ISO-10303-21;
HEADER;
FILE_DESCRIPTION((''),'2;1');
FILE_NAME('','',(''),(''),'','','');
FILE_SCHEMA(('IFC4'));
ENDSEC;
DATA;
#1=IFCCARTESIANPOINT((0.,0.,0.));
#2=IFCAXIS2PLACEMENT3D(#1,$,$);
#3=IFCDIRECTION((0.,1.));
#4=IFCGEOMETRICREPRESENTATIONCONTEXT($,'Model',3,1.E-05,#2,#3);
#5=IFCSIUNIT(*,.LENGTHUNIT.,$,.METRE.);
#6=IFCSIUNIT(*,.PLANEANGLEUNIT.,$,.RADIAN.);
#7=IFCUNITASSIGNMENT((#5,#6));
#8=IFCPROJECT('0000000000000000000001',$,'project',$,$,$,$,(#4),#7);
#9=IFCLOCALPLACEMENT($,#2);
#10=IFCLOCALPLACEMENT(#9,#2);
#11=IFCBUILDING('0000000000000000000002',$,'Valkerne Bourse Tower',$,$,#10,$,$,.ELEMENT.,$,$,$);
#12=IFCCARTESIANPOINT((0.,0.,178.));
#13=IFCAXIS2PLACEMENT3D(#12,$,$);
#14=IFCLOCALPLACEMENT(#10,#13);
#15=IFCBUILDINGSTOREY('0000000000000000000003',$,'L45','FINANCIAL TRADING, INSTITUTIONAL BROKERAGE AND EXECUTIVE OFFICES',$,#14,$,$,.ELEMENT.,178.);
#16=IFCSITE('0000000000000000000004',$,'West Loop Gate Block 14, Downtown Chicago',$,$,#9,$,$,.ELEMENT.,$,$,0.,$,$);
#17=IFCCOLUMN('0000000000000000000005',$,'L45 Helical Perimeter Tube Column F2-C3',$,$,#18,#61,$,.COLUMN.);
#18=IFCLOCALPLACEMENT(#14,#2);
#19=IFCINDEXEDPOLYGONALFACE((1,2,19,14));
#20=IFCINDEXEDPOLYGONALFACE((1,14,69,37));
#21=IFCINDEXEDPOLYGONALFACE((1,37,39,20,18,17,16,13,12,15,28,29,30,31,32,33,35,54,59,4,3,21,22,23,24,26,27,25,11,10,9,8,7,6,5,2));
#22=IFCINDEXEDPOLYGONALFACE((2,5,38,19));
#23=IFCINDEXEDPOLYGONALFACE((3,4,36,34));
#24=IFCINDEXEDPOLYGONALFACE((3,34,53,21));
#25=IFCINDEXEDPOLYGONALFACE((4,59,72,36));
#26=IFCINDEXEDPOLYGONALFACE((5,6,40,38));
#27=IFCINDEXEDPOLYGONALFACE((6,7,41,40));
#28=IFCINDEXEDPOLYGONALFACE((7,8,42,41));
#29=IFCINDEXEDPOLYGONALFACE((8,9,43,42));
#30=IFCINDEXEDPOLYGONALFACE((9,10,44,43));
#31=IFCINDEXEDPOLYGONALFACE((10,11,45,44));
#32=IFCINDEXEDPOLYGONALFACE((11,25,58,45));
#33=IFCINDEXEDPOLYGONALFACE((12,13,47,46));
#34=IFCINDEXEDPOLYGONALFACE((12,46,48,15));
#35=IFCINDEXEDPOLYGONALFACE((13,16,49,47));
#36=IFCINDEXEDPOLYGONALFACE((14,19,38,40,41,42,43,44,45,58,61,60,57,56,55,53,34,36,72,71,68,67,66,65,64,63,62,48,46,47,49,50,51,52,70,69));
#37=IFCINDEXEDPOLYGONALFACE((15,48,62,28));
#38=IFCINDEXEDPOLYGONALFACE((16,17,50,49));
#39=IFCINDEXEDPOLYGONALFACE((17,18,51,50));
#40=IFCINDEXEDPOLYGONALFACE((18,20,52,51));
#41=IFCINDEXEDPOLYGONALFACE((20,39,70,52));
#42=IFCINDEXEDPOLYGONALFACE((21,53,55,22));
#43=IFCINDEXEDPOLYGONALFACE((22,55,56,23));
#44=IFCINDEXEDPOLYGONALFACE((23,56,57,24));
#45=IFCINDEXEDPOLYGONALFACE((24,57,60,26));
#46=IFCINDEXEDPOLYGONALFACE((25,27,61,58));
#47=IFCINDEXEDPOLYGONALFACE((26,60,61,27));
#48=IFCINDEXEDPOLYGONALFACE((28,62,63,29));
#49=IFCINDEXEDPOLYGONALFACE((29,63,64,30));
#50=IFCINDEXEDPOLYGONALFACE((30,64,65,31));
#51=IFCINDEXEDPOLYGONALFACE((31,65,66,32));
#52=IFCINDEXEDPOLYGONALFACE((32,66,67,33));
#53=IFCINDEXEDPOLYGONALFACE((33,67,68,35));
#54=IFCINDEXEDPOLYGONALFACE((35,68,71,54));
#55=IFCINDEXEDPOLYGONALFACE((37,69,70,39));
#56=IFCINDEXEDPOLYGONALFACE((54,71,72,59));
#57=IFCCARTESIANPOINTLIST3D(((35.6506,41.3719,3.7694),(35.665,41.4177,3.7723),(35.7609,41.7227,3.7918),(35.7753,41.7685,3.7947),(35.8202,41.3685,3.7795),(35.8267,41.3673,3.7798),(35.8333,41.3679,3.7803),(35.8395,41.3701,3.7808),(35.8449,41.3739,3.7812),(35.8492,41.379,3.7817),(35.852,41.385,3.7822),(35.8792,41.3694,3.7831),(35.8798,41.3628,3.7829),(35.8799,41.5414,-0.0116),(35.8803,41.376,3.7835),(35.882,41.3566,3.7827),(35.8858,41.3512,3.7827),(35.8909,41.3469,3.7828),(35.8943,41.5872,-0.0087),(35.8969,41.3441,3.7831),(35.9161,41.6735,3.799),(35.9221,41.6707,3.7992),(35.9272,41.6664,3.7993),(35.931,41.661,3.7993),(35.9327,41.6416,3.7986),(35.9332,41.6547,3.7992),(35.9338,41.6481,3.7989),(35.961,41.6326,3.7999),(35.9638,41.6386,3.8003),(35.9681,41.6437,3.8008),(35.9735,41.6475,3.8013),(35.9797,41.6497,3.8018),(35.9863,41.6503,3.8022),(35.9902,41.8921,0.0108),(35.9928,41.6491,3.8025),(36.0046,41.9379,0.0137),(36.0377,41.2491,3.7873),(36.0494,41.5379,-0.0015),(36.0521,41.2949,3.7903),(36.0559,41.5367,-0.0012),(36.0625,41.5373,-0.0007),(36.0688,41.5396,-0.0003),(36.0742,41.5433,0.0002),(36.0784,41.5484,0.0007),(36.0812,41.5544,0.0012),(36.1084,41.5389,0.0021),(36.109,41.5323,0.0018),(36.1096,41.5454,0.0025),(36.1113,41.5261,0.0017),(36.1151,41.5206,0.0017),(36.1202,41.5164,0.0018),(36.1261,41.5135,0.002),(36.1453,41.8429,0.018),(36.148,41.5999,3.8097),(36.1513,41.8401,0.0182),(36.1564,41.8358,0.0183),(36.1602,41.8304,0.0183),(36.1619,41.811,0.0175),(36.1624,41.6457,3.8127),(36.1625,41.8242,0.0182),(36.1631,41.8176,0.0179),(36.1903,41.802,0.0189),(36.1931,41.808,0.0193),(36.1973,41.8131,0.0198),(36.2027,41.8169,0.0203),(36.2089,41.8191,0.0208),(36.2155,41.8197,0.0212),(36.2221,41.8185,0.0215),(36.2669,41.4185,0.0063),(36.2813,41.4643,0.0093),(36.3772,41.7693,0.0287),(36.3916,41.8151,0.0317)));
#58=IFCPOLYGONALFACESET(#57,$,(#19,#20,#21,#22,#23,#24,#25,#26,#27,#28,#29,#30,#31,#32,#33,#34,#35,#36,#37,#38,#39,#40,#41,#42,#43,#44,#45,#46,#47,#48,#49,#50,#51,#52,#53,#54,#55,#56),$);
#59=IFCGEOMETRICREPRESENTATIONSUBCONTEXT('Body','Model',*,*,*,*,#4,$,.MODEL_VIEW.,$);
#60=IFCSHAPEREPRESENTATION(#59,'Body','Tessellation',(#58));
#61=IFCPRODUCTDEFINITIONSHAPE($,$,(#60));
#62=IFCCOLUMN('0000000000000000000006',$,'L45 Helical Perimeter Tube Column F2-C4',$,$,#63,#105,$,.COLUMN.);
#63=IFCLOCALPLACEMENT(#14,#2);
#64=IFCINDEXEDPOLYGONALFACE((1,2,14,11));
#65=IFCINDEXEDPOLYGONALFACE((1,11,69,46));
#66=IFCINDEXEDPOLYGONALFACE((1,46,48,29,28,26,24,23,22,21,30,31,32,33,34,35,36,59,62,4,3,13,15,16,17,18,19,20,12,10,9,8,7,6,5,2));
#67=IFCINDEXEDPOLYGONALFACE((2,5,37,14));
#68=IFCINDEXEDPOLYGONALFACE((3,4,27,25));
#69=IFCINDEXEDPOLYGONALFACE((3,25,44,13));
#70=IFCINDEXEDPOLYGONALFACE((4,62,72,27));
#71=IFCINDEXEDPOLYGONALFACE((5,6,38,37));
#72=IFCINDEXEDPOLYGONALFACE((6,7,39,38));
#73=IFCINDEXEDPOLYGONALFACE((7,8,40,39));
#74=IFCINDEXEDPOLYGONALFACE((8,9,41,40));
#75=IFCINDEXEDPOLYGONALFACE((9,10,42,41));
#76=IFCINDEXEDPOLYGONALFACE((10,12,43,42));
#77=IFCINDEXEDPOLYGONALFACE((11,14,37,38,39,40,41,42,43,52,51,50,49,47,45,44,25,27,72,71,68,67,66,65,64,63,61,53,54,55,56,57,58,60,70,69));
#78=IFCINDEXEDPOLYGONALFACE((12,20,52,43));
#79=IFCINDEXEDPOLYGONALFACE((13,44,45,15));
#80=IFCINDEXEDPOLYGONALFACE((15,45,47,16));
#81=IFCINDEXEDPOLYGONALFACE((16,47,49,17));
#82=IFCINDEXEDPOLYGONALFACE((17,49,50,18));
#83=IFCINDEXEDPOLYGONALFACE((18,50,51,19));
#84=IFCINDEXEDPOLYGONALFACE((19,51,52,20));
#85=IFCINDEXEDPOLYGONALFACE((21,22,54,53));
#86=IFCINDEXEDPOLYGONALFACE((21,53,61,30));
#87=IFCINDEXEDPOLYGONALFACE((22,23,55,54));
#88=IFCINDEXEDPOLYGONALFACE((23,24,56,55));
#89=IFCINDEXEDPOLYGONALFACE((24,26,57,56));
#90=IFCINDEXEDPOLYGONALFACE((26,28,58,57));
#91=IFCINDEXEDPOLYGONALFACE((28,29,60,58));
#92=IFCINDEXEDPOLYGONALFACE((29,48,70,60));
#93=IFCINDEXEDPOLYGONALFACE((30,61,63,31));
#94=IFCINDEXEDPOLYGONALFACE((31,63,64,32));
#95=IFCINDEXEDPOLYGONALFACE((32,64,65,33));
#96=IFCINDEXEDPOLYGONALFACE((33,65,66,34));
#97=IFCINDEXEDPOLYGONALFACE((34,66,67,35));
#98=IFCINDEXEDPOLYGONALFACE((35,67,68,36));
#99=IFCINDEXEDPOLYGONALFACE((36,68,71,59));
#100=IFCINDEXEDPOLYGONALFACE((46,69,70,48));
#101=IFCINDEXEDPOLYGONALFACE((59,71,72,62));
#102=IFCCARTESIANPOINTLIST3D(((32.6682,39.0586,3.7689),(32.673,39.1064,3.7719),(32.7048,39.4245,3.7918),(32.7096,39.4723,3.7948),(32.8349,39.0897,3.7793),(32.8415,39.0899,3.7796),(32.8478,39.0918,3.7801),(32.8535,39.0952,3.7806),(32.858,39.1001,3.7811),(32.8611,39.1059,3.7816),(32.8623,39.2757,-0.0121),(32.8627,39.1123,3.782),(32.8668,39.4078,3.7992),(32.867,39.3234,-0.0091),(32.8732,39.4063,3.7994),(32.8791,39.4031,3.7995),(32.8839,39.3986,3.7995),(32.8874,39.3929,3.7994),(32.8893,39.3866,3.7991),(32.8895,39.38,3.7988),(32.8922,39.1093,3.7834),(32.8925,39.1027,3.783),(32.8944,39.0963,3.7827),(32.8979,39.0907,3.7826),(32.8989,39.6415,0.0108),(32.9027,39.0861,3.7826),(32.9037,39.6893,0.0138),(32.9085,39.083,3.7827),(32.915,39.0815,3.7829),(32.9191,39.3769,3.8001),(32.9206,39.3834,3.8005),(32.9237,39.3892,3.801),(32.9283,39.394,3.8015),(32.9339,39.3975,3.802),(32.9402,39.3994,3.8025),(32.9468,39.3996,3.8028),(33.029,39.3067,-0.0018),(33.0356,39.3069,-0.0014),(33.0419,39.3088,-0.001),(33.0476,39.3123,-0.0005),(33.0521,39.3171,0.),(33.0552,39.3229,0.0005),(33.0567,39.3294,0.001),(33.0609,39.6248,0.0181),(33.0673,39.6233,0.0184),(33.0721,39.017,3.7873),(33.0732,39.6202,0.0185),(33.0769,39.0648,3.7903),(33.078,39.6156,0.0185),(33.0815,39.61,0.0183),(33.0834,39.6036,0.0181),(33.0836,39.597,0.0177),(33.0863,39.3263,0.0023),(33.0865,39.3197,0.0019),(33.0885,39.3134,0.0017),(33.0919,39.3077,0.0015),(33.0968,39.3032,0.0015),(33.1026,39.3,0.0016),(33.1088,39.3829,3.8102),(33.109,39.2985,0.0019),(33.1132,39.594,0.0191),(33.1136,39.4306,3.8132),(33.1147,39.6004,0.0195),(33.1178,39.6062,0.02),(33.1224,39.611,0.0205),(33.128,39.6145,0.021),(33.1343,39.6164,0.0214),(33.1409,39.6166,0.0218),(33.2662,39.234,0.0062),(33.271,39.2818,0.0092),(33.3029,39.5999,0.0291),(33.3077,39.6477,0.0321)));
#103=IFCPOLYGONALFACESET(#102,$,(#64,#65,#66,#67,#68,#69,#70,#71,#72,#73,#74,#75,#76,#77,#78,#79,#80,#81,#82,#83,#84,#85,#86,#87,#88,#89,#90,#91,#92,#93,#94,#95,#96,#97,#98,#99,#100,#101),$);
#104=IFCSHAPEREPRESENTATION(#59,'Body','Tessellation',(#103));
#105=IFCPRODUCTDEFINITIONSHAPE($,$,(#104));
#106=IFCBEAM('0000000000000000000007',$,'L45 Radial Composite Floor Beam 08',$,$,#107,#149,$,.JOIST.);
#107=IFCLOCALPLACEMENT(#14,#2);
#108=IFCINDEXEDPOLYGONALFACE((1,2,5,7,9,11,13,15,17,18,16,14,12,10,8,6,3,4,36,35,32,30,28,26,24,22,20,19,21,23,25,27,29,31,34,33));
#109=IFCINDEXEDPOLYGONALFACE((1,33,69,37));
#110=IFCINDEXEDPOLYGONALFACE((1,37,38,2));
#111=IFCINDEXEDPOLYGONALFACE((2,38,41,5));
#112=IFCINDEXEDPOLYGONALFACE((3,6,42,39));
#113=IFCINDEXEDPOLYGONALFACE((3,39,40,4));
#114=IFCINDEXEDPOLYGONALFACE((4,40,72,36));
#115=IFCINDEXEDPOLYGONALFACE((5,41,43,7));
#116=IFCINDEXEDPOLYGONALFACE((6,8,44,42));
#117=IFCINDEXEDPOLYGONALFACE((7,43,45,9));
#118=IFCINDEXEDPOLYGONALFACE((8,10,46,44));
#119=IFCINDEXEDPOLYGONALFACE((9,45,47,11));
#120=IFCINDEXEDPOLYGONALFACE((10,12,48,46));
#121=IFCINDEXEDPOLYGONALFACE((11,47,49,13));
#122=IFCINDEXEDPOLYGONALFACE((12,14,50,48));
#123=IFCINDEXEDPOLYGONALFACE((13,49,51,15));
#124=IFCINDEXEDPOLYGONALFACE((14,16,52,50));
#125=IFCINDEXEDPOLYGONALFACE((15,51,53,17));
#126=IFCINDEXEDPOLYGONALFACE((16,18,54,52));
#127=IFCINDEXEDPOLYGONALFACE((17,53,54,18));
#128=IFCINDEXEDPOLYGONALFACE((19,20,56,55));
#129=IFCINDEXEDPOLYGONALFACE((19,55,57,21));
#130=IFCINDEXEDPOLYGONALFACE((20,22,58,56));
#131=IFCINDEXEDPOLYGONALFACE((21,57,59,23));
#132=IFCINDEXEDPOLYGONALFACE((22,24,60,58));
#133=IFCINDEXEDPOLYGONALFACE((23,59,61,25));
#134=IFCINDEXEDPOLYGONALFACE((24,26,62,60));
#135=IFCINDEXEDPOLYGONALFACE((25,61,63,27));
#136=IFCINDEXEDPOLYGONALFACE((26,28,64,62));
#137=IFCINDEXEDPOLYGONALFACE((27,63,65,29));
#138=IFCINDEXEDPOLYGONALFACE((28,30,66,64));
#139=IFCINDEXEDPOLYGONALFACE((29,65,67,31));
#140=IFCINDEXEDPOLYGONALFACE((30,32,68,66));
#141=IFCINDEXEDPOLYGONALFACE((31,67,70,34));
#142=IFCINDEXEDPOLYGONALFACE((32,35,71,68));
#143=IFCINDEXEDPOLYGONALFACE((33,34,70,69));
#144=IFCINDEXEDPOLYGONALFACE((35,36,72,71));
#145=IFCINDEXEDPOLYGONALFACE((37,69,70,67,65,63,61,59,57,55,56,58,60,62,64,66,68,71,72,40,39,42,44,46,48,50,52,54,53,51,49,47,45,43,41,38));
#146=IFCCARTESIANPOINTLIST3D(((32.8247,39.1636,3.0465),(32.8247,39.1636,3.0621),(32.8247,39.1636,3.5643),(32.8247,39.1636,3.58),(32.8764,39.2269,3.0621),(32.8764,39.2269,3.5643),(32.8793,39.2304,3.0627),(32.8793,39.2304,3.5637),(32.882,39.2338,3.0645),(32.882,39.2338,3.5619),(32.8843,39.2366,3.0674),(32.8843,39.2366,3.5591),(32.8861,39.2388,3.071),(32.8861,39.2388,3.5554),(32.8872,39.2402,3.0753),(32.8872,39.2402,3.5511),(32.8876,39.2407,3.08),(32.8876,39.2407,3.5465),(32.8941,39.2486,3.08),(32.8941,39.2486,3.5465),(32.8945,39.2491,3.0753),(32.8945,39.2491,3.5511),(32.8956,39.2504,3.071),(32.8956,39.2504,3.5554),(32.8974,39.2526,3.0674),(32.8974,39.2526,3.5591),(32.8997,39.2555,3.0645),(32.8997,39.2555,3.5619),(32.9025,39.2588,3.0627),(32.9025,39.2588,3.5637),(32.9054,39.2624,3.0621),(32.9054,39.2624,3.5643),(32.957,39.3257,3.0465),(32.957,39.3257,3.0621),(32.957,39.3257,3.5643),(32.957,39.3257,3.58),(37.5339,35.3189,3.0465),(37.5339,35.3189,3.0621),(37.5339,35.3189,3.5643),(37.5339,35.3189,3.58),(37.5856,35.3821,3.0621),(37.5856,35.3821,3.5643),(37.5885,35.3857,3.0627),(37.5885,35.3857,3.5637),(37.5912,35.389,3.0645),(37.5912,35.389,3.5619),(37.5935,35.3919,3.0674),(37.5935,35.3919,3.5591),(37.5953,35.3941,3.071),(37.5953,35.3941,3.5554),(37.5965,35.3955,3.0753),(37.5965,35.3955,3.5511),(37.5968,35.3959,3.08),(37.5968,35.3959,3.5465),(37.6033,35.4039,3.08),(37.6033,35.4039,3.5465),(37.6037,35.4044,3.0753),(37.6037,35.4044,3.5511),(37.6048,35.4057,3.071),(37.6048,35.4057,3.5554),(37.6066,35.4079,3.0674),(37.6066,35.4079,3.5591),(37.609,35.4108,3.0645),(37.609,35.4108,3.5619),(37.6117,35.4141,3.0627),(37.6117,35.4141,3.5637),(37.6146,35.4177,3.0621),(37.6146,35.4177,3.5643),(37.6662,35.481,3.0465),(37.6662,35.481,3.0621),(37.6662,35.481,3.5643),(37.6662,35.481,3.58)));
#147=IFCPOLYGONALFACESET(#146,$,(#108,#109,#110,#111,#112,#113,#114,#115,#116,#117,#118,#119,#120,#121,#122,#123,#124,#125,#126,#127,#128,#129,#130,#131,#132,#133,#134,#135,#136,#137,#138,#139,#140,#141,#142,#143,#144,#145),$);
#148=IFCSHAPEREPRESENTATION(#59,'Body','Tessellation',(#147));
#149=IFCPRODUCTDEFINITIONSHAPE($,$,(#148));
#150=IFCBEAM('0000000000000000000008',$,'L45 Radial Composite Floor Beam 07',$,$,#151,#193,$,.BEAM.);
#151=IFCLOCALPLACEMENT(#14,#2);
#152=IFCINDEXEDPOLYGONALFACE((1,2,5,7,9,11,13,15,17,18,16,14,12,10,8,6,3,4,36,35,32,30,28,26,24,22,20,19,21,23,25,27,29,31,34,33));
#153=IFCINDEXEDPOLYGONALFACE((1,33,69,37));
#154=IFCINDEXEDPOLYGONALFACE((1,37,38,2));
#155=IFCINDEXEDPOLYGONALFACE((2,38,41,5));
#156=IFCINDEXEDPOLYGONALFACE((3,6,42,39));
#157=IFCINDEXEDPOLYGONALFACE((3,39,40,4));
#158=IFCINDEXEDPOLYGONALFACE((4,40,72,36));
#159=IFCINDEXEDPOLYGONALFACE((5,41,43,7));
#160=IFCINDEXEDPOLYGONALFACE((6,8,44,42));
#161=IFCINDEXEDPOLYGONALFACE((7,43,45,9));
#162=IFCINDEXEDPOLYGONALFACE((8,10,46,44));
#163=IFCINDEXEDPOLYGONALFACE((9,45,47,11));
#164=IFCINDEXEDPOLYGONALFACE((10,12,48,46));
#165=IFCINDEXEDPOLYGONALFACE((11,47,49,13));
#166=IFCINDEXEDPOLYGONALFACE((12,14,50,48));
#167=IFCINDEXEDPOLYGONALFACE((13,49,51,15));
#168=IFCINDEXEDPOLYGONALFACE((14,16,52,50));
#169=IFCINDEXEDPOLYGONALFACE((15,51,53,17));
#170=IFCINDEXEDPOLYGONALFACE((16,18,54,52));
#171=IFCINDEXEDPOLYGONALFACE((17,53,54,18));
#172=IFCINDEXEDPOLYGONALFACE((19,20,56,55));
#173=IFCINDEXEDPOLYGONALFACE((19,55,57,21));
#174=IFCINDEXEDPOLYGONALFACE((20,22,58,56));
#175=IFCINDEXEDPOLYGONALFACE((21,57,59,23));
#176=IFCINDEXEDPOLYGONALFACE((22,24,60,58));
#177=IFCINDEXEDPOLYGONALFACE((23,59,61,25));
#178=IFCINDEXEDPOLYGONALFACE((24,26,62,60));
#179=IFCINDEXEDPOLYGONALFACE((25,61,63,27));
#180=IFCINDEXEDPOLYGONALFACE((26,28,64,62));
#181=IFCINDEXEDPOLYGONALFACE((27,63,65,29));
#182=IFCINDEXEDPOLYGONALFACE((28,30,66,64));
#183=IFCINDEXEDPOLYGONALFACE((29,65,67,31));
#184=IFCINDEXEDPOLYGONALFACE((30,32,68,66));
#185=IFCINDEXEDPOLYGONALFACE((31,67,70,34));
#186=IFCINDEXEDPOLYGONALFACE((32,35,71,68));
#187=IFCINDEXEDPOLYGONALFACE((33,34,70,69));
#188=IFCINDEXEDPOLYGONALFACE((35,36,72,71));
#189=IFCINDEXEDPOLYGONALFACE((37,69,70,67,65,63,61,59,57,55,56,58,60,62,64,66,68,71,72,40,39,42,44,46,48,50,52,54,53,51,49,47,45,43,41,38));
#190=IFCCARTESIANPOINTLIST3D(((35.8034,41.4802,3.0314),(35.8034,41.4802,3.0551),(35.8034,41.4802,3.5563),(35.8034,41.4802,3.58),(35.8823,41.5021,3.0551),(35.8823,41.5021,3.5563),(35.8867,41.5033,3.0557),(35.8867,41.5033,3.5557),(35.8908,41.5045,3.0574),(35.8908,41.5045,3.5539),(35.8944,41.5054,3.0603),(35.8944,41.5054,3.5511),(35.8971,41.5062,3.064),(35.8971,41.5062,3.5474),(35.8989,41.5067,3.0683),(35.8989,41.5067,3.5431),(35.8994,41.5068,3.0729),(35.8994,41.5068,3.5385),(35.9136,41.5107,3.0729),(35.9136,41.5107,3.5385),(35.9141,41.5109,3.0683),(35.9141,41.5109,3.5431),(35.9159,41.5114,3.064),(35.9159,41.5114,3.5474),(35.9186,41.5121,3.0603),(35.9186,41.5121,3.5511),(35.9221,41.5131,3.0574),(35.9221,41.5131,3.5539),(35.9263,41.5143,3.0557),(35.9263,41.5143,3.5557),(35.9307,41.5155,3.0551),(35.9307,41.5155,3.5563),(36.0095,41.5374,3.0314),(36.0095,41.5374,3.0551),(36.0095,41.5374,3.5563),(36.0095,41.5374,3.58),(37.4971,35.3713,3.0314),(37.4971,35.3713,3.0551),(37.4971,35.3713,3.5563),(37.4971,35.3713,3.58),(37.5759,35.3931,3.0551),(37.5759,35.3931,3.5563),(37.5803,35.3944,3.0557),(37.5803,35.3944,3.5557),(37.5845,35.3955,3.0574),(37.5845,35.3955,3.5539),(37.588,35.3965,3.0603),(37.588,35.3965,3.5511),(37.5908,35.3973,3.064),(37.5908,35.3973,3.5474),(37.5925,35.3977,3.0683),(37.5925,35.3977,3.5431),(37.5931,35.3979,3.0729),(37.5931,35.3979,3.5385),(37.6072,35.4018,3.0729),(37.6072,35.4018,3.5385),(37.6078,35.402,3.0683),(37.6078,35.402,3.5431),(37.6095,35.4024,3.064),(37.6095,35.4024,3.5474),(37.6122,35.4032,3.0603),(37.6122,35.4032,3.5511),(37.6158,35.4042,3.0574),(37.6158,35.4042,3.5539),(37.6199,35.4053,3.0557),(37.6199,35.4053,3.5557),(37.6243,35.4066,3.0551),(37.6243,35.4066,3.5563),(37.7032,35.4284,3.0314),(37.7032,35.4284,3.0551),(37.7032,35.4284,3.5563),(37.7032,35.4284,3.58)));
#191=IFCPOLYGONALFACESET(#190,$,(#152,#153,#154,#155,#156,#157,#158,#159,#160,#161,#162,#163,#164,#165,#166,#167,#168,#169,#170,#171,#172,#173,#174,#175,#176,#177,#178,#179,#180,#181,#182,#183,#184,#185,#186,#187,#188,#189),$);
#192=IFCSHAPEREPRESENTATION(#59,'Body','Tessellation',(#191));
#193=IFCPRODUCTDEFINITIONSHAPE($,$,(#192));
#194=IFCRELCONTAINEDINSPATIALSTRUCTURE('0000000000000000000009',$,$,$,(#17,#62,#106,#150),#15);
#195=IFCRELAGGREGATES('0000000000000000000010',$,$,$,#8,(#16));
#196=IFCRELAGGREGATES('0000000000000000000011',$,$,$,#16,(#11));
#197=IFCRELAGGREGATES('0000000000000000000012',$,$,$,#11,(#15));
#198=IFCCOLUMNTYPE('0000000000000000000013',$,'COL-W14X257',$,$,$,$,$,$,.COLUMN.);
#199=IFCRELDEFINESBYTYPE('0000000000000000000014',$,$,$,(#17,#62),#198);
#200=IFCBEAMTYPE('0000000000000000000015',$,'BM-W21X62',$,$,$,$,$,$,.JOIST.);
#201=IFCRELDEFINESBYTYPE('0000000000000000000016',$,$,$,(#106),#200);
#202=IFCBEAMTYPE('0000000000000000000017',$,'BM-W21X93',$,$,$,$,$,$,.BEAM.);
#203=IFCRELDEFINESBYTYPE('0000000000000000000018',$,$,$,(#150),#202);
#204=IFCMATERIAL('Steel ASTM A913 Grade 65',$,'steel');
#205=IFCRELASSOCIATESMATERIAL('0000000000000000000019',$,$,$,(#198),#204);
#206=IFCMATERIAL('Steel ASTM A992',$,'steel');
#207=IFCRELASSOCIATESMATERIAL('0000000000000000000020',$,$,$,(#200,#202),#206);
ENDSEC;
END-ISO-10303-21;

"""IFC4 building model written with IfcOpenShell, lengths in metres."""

from ifc_helpers import new_model, si_unit, direction, frame, origin, origin_2d, place, context, subcontext, project, spatial, i_section, extrude, material, material_profile, profile_set, type_object, element, save


model = new_model("IFC4")

# Units and contexts
model_context = context("Model", 3, precision=1e-05, world=origin(), true_north=direction((0.0, 1.0)))
body_context = subcontext(model_context, "Body", "Model", "MODEL_VIEW")
ifc_project = project(units=[si_unit("LENGTHUNIT", "METRE"), si_unit("PLANEANGLEUNIT", "RADIAN")], contexts=[model_context])

# Site, building, storey
site_placement = place(None, origin())
site = spatial("IfcSite", under=ifc_project, at=site_placement, Name="West Loop Gate Block 14, Downtown Chicago", CompositionType="ELEMENT", RefElevation=0.0)
building_placement = place(site_placement, origin())
building = spatial("IfcBuilding", under=site, at=building_placement, Name="Valkerne Bourse Tower", CompositionType="ELEMENT")
storey_placement = place(building_placement, frame((0.0, 0.0, 178.0)))
storey = spatial("IfcBuildingStorey", under=building, at=storey_placement, Name="L45", Description="FINANCIAL TRADING, INSTITUTIONAL BROKERAGE AND EXECUTIVE OFFICES", CompositionType="ELEMENT", Elevation=178.0)

# Columns
ifc_material_1 = material(Name="Steel ASTM A913 Grade 65", Category="steel")
ifc_material_profile_1 = material_profile(ifc_material_1, i_section(OverallWidth=0.4065, OverallDepth=0.4165, WebThickness=0.0298, FlangeThickness=0.0481, FilletRadius=0.0254, at=origin_2d()), Name="W14X257")
ifc_profile_set_1 = profile_set([ifc_material_profile_1], Name="Steel ASTM A913 Grade 65")
column_type = type_object("IfcColumnType", Name="COL-W14X257", PredefinedType="COLUMN", material=ifc_profile_set_1)
column_1_placement = place(storey_placement, frame((36.1357, 41.6782, 0.01), z_axis=(-0.06046, -0.044685, 0.99717), x_axis=(-0.952209, 0.302235, -0.04419)))
element("IfcColumn", 1, at=column_1_placement, inside=storey, type_object=column_type, Name="L45 Helical Perimeter Tube Column F2-C3", PredefinedType="COLUMN", context=body_context, shape_type="SweptSolid", body=[
    extrude(i_section(OverallWidth=0.4065, OverallDepth=0.4165, WebThickness=0.0298, FlangeThickness=0.0481, FilletRadius=0.0254, at=origin_2d()), origin(), (0.0, 0.0, 1.0), 3.7917),
])
column_2_placement = place(storey_placement, frame((33.085, 39.4617, 0.01), z_axis=(-0.051182, -0.057234, 0.997048), x_axis=(-0.993715, 0.102438, -0.04513)))
element("IfcColumn", 2, at=column_2_placement, inside=storey, type_object=column_type, Name="L45 Helical Perimeter Tube Column F2-C4", PredefinedType="COLUMN", context=body_context, shape_type="SweptSolid", body=[
    extrude(i_section(OverallWidth=0.4065, OverallDepth=0.4165, WebThickness=0.0298, FlangeThickness=0.0481, FilletRadius=0.0254, at=origin_2d()), origin(), (0.0, 0.0, 1.0), 3.7922),
])

# Beams
ifc_material_2 = material(Name="Steel ASTM A992", Category="steel")
ifc_material_profile_2 = material_profile(ifc_material_2, i_section(OverallWidth=0.2092, OverallDepth=0.5334, WebThickness=0.0103, FlangeThickness=0.0156, FilletRadius=0.0178, at=origin_2d()), Name="W21X62")
ifc_profile_set_2 = profile_set([ifc_material_profile_2], Name="Steel ASTM A992")
beam_type_1 = type_object("IfcBeamType", Name="BM-W21X62", PredefinedType="JOIST", material=ifc_profile_set_2)
beam_1_placement = place(storey_placement, frame((32.8909, 39.2446, 3.3132), z_axis=(0.774624, -0.632422, 0.0), x_axis=(0.632422, 0.774624, 0.0)))
element("IfcBeam", 3, at=beam_1_placement, inside=storey, type_object=beam_type_1, Name="L45 Radial Composite Floor Beam 08", PredefinedType="JOIST", context=body_context, shape_type="SweptSolid", body=[
    extrude(i_section(OverallWidth=0.2092, OverallDepth=0.5334, WebThickness=0.0103, FlangeThickness=0.0156, FilletRadius=0.0178, at=origin_2d()), origin(), (0.0, 0.0, 1.0), 6.0793),
])
ifc_material_profile_3 = material_profile(ifc_material_2, i_section(OverallWidth=0.2139, OverallDepth=0.5486, WebThickness=0.0146, FlangeThickness=0.0237, FilletRadius=0.0178, at=origin_2d()), Name="W21X93")
ifc_profile_set_3 = profile_set([ifc_material_profile_3], Name="Steel ASTM A992")
beam_type_2 = type_object("IfcBeamType", Name="BM-W21X93", PredefinedType="BEAM", material=ifc_profile_set_3)
beam_2_placement = place(storey_placement, frame((35.9065, 41.5088, 3.3057), z_axis=(0.267159, -0.963652, 0.0), x_axis=(0.963652, 0.267159, 0.0)))
element("IfcBeam", 4, at=beam_2_placement, inside=storey, type_object=beam_type_2, Name="L45 Radial Composite Floor Beam 07", PredefinedType="BEAM", context=body_context, shape_type="SweptSolid", body=[
    extrude(i_section(OverallWidth=0.2139, OverallDepth=0.5486, WebThickness=0.0146, FlangeThickness=0.0237, FilletRadius=0.0178, at=origin_2d()), origin(), (0.0, 0.0, 1.0), 6.3394),
])

save(model, "model.ifc")
